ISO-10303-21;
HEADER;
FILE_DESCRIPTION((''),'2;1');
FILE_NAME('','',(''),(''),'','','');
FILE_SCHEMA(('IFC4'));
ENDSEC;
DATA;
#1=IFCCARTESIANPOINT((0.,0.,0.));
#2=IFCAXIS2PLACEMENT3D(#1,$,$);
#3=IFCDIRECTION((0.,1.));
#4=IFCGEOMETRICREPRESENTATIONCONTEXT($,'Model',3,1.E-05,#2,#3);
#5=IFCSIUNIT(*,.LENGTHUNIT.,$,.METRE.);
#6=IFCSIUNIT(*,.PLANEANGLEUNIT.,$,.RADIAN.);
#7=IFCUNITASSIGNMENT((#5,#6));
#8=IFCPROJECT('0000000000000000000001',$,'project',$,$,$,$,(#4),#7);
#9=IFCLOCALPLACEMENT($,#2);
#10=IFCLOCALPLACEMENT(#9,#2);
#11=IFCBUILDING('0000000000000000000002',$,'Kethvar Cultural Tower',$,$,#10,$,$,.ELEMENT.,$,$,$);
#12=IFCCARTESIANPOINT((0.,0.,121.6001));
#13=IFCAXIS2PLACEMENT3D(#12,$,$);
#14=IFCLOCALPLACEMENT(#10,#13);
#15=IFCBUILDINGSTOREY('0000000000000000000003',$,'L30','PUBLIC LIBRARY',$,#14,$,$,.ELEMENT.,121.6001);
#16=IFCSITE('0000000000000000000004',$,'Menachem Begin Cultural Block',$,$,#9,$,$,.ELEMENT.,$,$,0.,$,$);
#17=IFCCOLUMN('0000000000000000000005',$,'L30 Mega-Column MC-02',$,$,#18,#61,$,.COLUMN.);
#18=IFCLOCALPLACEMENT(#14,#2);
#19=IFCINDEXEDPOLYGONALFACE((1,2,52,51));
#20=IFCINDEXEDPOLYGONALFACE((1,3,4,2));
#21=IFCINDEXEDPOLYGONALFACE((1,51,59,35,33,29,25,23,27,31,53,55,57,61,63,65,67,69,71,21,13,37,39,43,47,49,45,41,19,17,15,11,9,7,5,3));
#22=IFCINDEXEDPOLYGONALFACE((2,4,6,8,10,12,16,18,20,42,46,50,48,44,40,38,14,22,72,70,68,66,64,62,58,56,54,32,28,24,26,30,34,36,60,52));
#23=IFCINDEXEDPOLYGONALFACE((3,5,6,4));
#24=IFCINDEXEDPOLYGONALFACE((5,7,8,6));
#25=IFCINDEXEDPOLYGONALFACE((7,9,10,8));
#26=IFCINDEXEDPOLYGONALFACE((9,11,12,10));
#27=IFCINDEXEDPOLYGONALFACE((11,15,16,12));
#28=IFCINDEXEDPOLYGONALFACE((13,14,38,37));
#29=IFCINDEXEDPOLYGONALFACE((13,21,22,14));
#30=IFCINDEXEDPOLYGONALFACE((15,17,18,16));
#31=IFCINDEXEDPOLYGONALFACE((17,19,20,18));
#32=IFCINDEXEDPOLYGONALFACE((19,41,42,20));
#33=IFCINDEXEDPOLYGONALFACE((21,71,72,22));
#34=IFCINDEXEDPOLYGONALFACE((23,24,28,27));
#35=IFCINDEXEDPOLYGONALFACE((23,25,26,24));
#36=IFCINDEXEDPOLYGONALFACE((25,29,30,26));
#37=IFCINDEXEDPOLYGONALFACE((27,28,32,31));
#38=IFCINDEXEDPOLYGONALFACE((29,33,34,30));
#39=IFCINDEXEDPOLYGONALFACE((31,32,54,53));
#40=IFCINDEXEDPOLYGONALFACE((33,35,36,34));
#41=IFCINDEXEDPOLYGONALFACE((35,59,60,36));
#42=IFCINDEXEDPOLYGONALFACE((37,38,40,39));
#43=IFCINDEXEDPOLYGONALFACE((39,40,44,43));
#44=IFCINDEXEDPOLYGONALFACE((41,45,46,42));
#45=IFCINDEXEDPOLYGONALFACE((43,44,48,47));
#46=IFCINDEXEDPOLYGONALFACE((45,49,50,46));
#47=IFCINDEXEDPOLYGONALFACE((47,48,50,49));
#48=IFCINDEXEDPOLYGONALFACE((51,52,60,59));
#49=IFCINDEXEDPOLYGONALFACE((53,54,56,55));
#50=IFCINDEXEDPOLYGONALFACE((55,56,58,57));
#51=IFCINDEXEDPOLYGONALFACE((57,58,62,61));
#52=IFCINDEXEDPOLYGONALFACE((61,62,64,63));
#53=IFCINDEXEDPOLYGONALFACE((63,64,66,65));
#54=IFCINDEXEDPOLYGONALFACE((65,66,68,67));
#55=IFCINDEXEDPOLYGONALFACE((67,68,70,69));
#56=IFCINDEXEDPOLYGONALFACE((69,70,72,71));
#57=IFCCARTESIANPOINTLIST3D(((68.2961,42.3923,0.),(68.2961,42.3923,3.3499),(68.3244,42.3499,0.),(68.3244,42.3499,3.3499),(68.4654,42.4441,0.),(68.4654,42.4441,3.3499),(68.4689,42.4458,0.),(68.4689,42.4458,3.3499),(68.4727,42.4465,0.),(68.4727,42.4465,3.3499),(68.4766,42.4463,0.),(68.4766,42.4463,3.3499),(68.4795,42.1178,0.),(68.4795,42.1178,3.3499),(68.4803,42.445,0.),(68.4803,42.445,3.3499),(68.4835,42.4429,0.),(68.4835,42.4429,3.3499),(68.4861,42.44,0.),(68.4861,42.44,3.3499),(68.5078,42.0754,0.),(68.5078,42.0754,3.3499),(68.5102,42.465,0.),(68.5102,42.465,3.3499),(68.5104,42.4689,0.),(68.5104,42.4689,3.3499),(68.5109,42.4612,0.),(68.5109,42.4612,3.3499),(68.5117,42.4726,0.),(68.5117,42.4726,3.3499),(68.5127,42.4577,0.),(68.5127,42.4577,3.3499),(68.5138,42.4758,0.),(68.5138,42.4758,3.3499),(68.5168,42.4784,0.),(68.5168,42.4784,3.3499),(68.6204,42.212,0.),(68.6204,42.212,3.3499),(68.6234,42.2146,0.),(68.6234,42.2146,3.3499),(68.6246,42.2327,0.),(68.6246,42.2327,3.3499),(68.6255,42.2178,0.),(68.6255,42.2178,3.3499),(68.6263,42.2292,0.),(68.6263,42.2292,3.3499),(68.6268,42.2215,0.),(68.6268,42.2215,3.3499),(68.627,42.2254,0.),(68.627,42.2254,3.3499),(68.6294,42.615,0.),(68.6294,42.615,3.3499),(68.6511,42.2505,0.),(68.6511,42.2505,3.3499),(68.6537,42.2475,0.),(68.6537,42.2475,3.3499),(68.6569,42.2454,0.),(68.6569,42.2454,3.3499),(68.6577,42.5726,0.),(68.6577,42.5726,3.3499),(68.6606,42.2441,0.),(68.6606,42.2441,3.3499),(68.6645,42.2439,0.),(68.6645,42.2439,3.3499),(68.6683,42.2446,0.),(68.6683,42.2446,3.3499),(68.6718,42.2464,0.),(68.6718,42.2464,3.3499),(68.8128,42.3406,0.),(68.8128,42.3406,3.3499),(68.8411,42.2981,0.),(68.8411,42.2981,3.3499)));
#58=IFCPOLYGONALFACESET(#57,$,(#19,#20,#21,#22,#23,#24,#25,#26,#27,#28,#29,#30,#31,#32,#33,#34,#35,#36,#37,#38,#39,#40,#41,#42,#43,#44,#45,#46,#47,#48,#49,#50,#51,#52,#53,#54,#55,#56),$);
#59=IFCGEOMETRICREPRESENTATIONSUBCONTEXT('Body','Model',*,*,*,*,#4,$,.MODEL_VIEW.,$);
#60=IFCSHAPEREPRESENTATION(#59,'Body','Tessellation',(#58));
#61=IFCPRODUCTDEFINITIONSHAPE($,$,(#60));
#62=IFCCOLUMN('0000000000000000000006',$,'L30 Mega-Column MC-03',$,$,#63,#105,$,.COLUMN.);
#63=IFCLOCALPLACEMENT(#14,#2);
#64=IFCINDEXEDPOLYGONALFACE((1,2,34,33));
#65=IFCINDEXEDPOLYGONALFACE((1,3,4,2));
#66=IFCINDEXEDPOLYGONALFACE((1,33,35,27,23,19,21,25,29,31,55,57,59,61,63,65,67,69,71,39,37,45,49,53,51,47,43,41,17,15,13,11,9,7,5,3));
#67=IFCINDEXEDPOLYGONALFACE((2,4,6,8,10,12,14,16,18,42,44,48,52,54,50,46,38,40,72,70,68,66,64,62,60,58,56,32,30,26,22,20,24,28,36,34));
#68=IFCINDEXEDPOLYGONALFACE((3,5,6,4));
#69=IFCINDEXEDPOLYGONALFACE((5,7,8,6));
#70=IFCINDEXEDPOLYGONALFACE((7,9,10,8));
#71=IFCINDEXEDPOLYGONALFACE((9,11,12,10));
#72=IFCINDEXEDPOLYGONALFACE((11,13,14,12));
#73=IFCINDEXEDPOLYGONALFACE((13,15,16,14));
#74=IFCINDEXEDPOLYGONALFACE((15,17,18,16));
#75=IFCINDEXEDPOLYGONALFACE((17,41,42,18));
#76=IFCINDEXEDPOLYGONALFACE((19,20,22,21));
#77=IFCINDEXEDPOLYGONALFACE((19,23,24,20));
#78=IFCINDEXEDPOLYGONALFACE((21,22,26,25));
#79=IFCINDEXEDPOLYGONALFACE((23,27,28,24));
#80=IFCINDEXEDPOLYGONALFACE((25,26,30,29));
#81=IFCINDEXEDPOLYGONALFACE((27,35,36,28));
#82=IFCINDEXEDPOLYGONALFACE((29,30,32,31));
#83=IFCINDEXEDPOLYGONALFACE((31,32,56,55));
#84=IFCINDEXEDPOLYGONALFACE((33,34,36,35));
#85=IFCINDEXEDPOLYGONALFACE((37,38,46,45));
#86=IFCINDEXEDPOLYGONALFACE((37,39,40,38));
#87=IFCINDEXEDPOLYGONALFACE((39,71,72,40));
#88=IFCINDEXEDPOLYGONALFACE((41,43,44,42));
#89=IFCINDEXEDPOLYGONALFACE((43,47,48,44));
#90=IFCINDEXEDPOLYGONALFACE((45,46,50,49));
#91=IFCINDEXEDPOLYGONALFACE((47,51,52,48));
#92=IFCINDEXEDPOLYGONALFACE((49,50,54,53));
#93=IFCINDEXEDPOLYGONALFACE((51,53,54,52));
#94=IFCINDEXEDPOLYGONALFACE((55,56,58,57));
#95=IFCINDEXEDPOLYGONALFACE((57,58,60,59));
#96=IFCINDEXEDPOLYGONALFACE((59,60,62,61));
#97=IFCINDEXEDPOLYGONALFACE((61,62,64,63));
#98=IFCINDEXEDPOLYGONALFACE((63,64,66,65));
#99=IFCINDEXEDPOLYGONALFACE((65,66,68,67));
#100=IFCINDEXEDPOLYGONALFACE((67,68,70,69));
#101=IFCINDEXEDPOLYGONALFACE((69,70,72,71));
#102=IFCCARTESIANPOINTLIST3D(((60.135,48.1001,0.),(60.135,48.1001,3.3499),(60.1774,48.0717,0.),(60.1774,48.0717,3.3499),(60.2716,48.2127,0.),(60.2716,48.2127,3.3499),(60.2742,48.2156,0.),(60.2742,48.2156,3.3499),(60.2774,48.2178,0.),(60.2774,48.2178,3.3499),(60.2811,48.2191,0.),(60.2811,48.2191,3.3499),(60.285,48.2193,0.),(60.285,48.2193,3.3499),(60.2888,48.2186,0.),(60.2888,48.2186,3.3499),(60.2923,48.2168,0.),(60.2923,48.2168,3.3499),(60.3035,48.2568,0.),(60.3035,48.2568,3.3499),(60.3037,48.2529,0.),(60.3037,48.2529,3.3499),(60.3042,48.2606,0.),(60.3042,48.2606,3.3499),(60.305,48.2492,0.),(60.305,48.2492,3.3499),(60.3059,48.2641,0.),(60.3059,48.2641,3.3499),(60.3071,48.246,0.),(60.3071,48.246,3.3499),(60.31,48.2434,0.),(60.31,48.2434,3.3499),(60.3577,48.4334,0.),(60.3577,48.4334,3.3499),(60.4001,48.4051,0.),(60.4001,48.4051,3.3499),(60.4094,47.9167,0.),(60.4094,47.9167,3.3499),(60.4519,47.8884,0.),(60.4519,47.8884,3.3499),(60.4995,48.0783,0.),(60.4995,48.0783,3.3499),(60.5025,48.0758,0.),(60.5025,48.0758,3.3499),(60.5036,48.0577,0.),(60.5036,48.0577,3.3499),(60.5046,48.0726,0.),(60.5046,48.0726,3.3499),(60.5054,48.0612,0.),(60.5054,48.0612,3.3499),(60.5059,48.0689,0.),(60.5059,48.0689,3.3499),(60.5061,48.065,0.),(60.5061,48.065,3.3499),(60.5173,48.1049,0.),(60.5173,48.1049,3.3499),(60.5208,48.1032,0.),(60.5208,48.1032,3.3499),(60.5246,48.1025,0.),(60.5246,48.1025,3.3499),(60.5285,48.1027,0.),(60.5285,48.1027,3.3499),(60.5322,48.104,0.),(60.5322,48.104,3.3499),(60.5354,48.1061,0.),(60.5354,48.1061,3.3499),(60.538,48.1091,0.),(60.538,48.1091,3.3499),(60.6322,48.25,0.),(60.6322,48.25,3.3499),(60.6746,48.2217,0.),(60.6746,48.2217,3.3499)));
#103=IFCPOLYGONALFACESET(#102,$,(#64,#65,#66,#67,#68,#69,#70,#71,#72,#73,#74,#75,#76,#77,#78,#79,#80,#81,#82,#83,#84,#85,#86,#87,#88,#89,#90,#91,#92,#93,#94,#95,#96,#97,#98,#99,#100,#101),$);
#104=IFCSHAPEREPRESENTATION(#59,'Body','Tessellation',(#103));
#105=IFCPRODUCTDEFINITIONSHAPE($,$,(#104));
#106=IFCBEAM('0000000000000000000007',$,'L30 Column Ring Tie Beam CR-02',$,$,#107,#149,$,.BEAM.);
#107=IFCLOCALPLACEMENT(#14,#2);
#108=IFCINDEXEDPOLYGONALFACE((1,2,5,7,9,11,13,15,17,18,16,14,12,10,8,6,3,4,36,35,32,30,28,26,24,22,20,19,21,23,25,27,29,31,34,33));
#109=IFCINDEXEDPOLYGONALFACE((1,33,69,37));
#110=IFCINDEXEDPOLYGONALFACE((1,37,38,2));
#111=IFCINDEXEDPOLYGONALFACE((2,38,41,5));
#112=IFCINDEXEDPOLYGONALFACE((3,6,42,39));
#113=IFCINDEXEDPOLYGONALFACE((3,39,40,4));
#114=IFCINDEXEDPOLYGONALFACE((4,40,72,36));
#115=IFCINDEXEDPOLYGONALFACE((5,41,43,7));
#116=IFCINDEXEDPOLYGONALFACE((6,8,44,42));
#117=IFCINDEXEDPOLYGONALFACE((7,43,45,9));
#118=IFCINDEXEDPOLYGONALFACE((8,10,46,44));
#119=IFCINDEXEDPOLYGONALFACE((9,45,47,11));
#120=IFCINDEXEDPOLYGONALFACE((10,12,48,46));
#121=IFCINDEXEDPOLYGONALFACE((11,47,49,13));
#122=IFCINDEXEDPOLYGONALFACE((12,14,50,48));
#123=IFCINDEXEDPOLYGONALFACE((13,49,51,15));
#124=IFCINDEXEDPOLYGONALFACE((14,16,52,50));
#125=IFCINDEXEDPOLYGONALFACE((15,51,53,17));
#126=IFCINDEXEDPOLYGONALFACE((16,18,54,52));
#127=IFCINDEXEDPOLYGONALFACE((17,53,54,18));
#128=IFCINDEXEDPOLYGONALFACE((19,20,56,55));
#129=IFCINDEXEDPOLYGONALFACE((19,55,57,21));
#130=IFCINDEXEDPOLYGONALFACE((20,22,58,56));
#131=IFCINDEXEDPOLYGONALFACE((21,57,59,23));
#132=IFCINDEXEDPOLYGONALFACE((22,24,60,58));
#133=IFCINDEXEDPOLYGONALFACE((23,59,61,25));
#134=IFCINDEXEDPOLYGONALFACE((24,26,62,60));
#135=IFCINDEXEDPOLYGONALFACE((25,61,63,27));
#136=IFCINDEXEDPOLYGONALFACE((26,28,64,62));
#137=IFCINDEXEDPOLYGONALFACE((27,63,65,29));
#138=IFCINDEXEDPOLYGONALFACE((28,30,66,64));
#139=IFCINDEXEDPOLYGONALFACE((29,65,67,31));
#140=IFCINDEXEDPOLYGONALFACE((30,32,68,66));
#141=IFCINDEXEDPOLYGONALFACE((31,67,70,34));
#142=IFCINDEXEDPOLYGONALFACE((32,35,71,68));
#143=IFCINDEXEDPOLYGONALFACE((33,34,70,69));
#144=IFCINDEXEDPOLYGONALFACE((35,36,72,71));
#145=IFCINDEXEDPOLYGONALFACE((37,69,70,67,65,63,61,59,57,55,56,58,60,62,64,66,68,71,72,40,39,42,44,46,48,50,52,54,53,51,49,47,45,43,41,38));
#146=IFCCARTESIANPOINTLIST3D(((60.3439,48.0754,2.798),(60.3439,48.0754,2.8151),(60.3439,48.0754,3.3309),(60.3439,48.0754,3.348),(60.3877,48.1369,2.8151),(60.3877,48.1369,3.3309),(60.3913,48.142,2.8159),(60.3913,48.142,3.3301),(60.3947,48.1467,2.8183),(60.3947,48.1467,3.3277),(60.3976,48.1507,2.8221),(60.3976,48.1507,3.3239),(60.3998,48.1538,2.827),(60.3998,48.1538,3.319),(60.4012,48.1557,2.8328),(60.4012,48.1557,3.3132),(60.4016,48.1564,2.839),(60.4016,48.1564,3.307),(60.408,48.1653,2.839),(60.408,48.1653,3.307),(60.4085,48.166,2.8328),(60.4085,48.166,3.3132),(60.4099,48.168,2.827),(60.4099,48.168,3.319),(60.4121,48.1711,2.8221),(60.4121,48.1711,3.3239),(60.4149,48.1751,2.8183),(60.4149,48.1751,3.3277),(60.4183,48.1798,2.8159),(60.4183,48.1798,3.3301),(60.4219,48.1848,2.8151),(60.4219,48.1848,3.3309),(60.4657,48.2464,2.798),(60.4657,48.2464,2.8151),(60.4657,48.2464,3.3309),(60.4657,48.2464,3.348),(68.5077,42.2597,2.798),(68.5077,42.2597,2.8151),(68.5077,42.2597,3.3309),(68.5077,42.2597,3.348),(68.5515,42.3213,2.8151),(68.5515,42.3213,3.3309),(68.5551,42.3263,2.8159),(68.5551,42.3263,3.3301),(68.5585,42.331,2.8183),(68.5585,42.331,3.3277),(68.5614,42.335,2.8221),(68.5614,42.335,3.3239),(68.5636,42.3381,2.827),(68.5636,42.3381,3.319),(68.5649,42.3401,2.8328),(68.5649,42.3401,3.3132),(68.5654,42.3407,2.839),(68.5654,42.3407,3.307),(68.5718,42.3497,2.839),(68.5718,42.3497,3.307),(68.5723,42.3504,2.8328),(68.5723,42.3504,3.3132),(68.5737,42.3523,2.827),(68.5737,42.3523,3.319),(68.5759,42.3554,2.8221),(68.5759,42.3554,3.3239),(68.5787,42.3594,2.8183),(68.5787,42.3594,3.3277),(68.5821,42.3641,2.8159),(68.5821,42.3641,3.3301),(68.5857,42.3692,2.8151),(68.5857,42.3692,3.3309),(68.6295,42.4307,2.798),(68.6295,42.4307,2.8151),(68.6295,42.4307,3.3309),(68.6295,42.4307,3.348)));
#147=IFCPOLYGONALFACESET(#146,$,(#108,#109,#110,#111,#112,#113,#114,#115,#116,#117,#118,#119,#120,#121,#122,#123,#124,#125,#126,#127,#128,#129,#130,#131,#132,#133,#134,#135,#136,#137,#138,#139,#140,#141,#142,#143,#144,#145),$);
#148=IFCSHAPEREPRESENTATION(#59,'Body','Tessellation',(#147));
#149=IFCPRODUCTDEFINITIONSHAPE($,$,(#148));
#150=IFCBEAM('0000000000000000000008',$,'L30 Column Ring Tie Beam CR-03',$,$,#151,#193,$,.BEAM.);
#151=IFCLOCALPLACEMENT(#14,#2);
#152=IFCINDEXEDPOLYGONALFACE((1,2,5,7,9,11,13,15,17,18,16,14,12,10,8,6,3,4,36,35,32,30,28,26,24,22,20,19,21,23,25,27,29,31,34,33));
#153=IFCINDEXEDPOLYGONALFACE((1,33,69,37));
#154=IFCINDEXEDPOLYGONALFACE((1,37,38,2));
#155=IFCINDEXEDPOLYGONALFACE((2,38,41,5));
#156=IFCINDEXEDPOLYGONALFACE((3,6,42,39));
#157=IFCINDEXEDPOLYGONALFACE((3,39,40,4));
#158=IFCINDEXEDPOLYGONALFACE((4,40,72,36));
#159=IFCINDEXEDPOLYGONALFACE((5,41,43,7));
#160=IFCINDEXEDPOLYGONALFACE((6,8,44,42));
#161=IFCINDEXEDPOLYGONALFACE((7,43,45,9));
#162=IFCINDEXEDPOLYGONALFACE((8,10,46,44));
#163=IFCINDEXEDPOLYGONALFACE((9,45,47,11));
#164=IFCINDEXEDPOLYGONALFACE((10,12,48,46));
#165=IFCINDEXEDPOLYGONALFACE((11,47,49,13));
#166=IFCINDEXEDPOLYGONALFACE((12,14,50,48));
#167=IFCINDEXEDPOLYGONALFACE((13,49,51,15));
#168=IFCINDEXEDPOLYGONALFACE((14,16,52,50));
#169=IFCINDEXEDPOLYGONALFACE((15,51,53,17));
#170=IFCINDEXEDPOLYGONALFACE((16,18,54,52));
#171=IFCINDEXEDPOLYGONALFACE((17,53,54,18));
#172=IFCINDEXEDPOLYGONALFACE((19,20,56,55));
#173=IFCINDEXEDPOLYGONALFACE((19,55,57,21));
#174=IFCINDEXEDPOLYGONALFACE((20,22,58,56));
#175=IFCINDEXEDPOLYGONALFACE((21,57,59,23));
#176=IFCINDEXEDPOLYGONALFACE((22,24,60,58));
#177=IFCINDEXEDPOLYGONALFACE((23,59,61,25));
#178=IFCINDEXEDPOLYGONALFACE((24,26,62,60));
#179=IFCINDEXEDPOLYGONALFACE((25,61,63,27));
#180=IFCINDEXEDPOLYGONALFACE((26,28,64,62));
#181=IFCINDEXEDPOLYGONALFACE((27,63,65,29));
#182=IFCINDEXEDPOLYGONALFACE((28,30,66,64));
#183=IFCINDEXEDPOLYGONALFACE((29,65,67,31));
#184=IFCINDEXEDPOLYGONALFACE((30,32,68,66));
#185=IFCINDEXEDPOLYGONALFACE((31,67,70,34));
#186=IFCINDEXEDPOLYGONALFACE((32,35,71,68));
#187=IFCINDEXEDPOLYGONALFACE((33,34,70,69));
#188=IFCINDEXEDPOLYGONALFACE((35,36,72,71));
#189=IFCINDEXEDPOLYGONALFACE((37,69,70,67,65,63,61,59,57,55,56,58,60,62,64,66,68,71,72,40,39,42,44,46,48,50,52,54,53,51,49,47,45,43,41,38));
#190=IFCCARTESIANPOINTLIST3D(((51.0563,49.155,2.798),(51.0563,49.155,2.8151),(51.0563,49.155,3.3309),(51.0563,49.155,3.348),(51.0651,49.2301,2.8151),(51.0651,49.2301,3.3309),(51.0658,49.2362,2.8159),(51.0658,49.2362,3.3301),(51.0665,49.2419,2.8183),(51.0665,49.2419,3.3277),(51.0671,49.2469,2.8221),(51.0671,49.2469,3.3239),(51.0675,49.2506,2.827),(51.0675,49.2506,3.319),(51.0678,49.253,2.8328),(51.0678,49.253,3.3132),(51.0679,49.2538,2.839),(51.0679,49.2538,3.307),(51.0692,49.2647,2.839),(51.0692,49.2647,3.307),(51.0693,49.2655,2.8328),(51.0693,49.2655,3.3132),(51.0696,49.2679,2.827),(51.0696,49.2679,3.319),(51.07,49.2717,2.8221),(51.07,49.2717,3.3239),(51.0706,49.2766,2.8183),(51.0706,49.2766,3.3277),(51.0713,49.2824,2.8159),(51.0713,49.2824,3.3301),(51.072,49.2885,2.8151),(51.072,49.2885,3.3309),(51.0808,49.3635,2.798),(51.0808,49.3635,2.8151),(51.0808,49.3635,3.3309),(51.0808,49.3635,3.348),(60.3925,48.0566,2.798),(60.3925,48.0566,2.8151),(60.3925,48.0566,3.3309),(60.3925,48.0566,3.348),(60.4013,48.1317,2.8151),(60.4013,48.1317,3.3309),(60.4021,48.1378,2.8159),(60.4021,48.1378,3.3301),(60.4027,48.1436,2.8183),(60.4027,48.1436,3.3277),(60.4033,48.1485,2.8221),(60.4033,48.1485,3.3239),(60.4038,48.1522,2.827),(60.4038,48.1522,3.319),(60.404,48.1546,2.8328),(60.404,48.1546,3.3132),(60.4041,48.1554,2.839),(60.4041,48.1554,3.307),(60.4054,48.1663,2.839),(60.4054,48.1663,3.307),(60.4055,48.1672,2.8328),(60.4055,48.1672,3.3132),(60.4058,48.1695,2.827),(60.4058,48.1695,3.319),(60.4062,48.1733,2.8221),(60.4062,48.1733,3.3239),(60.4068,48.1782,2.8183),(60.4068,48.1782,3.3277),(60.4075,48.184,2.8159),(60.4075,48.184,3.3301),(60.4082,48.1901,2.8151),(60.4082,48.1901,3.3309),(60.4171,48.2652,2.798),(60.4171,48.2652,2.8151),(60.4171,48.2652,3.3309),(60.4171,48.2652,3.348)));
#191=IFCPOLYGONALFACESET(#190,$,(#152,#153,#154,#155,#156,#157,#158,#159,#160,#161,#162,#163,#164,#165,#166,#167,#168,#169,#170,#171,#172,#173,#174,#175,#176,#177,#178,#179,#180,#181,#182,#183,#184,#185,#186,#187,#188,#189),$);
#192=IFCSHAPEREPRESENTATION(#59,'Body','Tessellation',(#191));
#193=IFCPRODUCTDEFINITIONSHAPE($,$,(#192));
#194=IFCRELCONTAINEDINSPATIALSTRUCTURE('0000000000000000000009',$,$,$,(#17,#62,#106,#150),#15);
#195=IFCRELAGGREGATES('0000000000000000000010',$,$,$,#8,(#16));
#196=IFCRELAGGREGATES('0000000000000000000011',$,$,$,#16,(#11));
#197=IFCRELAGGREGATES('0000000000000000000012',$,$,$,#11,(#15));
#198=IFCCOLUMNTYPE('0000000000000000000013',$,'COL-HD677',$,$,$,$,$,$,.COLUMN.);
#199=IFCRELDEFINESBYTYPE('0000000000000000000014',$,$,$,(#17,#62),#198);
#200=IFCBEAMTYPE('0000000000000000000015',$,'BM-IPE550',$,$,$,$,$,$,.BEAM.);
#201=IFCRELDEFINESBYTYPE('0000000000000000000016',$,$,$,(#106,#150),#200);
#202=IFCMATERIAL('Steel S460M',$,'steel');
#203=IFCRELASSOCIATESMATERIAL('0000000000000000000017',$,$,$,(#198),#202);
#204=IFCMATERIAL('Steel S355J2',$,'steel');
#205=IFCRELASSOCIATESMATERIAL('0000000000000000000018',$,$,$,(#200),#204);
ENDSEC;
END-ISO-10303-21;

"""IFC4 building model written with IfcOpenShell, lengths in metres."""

from ifc_helpers import new_model, si_unit, direction, frame, origin, origin_2d, place, context, subcontext, project, spatial, i_section, extrude, source, transform, mapped, material, material_profile, profile_set, type_object, element, save


model = new_model("IFC4")

# Units and contexts
model_context = context("Model", 3, precision=1e-05, world=origin(), true_north=direction((0.0, 1.0)))
body_context = subcontext(model_context, "Body", "Model", "MODEL_VIEW")
ifc_project = project(units=[si_unit("LENGTHUNIT", "METRE"), si_unit("PLANEANGLEUNIT", "RADIAN")], contexts=[model_context])

# Site, building, storey
site_placement = place(None, origin())
site = spatial("IfcSite", under=ifc_project, at=site_placement, Name="Menachem Begin Cultural Block", CompositionType="ELEMENT", RefElevation=0.0)
building_placement = place(site_placement, origin())
building = spatial("IfcBuilding", under=site, at=building_placement, Name="Kethvar Cultural Tower", CompositionType="ELEMENT")
storey_placement = place(building_placement, frame((0.0, 0.0, 121.6001)))
storey = spatial("IfcBuildingStorey", under=building, at=storey_placement, Name="L30", Description="PUBLIC LIBRARY", CompositionType="ELEMENT", Elevation=121.6001)

# Columns
ifc_material_1 = material(Name="Steel S460M", Category="steel")
ifc_material_profile_1 = material_profile(ifc_material_1, i_section(OverallWidth=0.4009, OverallDepth=0.3811, WebThickness=0.032, FlangeThickness=0.051, FilletRadius=0.0149, at=origin_2d()), Name="Steel S460M — HD400x677")
ifc_profile_set_1 = profile_set([ifc_material_profile_1], Name="Steel S460M — HD400x677")
column_type = type_object("IfcColumnType", Name="COL-HD677", PredefinedType="COLUMN", material=ifc_profile_set_1)
shared_shape_1 = source(origin(), body_context, "Body", "SweptSolid", [
    extrude(i_section(OverallWidth=0.4009, OverallDepth=0.3811, WebThickness=0.032, FlangeThickness=0.051, FilletRadius=0.0149, at=origin_2d()), origin(), (0.0, 0.0, 1.0), 3.3499),
])
for number, where, z_axis, x_axis, name in (
    (1, (68.5686, 42.3452, 0.0), (0.0, 0.0, 1.0), (0.83147, 0.55557, 0.0), "L30 Mega-Column MC-02"),
    (2, (60.4048, 48.1609, 0.0), (0.0, 0.0, 1.0), (0.55557, 0.83147, 0.0), "L30 Mega-Column MC-03"),
):
    element("IfcColumn", number, at=place(storey_placement, frame(where, z_axis=z_axis, x_axis=x_axis)), inside=storey, type_object=column_type, Name=name, PredefinedType="COLUMN", context=body_context, shape_type="MappedRepresentation", body=[
        mapped(shared_shape_1, transform((0.0, 0.0, 0.0), scale=1.0)),
    ])

# Beams
ifc_material_2 = material(Name="Steel S355J2", Category="steel")
ifc_material_profile_2 = material_profile(ifc_material_2, i_section(OverallWidth=0.21, OverallDepth=0.55, WebThickness=0.011, FlangeThickness=0.0171, FilletRadius=0.0239, at=origin_2d()), Name="Steel S355J2 — IPE550")
ifc_profile_set_2 = profile_set([ifc_material_profile_2], Name="Steel S355J2 — IPE550")
beam_type_1 = type_object("IfcBeamType", Name="BM-IPE550", PredefinedType="BEAM", material=ifc_profile_set_2)
shared_shape_2 = source(origin(), body_context, "Body", "SweptSolid", [
    extrude(i_section(OverallWidth=0.21, OverallDepth=0.55, WebThickness=0.011, FlangeThickness=0.0171, FilletRadius=0.0239, at=origin_2d()), origin(), (0.0, 0.0, 1.0), 10.0234),
])
beam_1_placement = place(storey_placement, frame((68.5686, 42.3452, 3.073), z_axis=(-0.81447, 0.580206, 0.0), x_axis=(-0.580206, -0.81447, 0.0)))
element("IfcBeam", 3, at=beam_1_placement, inside=storey, type_object=beam_type_1, Name="L30 Column Ring Tie Beam CR-02", PredefinedType="BEAM", context=body_context, shape_type="MappedRepresentation", body=[
    mapped(shared_shape_2, transform((0.0, 0.0, 0.0), scale=1.0)),
])
shared_shape_3 = source(origin(), body_context, "Body", "SweptSolid", [
    extrude(i_section(OverallWidth=0.21, OverallDepth=0.55, WebThickness=0.011, FlangeThickness=0.0171, FilletRadius=0.0239, at=origin_2d()), origin(), (0.0, 0.0, 1.0), 9.4006),
])
beam_2_placement = place(storey_placement, frame((60.4048, 48.1609, 3.073), z_axis=(-0.99315, 0.116843, 0.0), x_axis=(-0.116843, -0.99315, 0.0)))
element("IfcBeam", 4, at=beam_2_placement, inside=storey, type_object=beam_type_1, Name="L30 Column Ring Tie Beam CR-03", PredefinedType="BEAM", context=body_context, shape_type="MappedRepresentation", body=[
    mapped(shared_shape_3, transform((0.0, 0.0, 0.0), scale=1.0)),
])

save(model, "model.ifc")
